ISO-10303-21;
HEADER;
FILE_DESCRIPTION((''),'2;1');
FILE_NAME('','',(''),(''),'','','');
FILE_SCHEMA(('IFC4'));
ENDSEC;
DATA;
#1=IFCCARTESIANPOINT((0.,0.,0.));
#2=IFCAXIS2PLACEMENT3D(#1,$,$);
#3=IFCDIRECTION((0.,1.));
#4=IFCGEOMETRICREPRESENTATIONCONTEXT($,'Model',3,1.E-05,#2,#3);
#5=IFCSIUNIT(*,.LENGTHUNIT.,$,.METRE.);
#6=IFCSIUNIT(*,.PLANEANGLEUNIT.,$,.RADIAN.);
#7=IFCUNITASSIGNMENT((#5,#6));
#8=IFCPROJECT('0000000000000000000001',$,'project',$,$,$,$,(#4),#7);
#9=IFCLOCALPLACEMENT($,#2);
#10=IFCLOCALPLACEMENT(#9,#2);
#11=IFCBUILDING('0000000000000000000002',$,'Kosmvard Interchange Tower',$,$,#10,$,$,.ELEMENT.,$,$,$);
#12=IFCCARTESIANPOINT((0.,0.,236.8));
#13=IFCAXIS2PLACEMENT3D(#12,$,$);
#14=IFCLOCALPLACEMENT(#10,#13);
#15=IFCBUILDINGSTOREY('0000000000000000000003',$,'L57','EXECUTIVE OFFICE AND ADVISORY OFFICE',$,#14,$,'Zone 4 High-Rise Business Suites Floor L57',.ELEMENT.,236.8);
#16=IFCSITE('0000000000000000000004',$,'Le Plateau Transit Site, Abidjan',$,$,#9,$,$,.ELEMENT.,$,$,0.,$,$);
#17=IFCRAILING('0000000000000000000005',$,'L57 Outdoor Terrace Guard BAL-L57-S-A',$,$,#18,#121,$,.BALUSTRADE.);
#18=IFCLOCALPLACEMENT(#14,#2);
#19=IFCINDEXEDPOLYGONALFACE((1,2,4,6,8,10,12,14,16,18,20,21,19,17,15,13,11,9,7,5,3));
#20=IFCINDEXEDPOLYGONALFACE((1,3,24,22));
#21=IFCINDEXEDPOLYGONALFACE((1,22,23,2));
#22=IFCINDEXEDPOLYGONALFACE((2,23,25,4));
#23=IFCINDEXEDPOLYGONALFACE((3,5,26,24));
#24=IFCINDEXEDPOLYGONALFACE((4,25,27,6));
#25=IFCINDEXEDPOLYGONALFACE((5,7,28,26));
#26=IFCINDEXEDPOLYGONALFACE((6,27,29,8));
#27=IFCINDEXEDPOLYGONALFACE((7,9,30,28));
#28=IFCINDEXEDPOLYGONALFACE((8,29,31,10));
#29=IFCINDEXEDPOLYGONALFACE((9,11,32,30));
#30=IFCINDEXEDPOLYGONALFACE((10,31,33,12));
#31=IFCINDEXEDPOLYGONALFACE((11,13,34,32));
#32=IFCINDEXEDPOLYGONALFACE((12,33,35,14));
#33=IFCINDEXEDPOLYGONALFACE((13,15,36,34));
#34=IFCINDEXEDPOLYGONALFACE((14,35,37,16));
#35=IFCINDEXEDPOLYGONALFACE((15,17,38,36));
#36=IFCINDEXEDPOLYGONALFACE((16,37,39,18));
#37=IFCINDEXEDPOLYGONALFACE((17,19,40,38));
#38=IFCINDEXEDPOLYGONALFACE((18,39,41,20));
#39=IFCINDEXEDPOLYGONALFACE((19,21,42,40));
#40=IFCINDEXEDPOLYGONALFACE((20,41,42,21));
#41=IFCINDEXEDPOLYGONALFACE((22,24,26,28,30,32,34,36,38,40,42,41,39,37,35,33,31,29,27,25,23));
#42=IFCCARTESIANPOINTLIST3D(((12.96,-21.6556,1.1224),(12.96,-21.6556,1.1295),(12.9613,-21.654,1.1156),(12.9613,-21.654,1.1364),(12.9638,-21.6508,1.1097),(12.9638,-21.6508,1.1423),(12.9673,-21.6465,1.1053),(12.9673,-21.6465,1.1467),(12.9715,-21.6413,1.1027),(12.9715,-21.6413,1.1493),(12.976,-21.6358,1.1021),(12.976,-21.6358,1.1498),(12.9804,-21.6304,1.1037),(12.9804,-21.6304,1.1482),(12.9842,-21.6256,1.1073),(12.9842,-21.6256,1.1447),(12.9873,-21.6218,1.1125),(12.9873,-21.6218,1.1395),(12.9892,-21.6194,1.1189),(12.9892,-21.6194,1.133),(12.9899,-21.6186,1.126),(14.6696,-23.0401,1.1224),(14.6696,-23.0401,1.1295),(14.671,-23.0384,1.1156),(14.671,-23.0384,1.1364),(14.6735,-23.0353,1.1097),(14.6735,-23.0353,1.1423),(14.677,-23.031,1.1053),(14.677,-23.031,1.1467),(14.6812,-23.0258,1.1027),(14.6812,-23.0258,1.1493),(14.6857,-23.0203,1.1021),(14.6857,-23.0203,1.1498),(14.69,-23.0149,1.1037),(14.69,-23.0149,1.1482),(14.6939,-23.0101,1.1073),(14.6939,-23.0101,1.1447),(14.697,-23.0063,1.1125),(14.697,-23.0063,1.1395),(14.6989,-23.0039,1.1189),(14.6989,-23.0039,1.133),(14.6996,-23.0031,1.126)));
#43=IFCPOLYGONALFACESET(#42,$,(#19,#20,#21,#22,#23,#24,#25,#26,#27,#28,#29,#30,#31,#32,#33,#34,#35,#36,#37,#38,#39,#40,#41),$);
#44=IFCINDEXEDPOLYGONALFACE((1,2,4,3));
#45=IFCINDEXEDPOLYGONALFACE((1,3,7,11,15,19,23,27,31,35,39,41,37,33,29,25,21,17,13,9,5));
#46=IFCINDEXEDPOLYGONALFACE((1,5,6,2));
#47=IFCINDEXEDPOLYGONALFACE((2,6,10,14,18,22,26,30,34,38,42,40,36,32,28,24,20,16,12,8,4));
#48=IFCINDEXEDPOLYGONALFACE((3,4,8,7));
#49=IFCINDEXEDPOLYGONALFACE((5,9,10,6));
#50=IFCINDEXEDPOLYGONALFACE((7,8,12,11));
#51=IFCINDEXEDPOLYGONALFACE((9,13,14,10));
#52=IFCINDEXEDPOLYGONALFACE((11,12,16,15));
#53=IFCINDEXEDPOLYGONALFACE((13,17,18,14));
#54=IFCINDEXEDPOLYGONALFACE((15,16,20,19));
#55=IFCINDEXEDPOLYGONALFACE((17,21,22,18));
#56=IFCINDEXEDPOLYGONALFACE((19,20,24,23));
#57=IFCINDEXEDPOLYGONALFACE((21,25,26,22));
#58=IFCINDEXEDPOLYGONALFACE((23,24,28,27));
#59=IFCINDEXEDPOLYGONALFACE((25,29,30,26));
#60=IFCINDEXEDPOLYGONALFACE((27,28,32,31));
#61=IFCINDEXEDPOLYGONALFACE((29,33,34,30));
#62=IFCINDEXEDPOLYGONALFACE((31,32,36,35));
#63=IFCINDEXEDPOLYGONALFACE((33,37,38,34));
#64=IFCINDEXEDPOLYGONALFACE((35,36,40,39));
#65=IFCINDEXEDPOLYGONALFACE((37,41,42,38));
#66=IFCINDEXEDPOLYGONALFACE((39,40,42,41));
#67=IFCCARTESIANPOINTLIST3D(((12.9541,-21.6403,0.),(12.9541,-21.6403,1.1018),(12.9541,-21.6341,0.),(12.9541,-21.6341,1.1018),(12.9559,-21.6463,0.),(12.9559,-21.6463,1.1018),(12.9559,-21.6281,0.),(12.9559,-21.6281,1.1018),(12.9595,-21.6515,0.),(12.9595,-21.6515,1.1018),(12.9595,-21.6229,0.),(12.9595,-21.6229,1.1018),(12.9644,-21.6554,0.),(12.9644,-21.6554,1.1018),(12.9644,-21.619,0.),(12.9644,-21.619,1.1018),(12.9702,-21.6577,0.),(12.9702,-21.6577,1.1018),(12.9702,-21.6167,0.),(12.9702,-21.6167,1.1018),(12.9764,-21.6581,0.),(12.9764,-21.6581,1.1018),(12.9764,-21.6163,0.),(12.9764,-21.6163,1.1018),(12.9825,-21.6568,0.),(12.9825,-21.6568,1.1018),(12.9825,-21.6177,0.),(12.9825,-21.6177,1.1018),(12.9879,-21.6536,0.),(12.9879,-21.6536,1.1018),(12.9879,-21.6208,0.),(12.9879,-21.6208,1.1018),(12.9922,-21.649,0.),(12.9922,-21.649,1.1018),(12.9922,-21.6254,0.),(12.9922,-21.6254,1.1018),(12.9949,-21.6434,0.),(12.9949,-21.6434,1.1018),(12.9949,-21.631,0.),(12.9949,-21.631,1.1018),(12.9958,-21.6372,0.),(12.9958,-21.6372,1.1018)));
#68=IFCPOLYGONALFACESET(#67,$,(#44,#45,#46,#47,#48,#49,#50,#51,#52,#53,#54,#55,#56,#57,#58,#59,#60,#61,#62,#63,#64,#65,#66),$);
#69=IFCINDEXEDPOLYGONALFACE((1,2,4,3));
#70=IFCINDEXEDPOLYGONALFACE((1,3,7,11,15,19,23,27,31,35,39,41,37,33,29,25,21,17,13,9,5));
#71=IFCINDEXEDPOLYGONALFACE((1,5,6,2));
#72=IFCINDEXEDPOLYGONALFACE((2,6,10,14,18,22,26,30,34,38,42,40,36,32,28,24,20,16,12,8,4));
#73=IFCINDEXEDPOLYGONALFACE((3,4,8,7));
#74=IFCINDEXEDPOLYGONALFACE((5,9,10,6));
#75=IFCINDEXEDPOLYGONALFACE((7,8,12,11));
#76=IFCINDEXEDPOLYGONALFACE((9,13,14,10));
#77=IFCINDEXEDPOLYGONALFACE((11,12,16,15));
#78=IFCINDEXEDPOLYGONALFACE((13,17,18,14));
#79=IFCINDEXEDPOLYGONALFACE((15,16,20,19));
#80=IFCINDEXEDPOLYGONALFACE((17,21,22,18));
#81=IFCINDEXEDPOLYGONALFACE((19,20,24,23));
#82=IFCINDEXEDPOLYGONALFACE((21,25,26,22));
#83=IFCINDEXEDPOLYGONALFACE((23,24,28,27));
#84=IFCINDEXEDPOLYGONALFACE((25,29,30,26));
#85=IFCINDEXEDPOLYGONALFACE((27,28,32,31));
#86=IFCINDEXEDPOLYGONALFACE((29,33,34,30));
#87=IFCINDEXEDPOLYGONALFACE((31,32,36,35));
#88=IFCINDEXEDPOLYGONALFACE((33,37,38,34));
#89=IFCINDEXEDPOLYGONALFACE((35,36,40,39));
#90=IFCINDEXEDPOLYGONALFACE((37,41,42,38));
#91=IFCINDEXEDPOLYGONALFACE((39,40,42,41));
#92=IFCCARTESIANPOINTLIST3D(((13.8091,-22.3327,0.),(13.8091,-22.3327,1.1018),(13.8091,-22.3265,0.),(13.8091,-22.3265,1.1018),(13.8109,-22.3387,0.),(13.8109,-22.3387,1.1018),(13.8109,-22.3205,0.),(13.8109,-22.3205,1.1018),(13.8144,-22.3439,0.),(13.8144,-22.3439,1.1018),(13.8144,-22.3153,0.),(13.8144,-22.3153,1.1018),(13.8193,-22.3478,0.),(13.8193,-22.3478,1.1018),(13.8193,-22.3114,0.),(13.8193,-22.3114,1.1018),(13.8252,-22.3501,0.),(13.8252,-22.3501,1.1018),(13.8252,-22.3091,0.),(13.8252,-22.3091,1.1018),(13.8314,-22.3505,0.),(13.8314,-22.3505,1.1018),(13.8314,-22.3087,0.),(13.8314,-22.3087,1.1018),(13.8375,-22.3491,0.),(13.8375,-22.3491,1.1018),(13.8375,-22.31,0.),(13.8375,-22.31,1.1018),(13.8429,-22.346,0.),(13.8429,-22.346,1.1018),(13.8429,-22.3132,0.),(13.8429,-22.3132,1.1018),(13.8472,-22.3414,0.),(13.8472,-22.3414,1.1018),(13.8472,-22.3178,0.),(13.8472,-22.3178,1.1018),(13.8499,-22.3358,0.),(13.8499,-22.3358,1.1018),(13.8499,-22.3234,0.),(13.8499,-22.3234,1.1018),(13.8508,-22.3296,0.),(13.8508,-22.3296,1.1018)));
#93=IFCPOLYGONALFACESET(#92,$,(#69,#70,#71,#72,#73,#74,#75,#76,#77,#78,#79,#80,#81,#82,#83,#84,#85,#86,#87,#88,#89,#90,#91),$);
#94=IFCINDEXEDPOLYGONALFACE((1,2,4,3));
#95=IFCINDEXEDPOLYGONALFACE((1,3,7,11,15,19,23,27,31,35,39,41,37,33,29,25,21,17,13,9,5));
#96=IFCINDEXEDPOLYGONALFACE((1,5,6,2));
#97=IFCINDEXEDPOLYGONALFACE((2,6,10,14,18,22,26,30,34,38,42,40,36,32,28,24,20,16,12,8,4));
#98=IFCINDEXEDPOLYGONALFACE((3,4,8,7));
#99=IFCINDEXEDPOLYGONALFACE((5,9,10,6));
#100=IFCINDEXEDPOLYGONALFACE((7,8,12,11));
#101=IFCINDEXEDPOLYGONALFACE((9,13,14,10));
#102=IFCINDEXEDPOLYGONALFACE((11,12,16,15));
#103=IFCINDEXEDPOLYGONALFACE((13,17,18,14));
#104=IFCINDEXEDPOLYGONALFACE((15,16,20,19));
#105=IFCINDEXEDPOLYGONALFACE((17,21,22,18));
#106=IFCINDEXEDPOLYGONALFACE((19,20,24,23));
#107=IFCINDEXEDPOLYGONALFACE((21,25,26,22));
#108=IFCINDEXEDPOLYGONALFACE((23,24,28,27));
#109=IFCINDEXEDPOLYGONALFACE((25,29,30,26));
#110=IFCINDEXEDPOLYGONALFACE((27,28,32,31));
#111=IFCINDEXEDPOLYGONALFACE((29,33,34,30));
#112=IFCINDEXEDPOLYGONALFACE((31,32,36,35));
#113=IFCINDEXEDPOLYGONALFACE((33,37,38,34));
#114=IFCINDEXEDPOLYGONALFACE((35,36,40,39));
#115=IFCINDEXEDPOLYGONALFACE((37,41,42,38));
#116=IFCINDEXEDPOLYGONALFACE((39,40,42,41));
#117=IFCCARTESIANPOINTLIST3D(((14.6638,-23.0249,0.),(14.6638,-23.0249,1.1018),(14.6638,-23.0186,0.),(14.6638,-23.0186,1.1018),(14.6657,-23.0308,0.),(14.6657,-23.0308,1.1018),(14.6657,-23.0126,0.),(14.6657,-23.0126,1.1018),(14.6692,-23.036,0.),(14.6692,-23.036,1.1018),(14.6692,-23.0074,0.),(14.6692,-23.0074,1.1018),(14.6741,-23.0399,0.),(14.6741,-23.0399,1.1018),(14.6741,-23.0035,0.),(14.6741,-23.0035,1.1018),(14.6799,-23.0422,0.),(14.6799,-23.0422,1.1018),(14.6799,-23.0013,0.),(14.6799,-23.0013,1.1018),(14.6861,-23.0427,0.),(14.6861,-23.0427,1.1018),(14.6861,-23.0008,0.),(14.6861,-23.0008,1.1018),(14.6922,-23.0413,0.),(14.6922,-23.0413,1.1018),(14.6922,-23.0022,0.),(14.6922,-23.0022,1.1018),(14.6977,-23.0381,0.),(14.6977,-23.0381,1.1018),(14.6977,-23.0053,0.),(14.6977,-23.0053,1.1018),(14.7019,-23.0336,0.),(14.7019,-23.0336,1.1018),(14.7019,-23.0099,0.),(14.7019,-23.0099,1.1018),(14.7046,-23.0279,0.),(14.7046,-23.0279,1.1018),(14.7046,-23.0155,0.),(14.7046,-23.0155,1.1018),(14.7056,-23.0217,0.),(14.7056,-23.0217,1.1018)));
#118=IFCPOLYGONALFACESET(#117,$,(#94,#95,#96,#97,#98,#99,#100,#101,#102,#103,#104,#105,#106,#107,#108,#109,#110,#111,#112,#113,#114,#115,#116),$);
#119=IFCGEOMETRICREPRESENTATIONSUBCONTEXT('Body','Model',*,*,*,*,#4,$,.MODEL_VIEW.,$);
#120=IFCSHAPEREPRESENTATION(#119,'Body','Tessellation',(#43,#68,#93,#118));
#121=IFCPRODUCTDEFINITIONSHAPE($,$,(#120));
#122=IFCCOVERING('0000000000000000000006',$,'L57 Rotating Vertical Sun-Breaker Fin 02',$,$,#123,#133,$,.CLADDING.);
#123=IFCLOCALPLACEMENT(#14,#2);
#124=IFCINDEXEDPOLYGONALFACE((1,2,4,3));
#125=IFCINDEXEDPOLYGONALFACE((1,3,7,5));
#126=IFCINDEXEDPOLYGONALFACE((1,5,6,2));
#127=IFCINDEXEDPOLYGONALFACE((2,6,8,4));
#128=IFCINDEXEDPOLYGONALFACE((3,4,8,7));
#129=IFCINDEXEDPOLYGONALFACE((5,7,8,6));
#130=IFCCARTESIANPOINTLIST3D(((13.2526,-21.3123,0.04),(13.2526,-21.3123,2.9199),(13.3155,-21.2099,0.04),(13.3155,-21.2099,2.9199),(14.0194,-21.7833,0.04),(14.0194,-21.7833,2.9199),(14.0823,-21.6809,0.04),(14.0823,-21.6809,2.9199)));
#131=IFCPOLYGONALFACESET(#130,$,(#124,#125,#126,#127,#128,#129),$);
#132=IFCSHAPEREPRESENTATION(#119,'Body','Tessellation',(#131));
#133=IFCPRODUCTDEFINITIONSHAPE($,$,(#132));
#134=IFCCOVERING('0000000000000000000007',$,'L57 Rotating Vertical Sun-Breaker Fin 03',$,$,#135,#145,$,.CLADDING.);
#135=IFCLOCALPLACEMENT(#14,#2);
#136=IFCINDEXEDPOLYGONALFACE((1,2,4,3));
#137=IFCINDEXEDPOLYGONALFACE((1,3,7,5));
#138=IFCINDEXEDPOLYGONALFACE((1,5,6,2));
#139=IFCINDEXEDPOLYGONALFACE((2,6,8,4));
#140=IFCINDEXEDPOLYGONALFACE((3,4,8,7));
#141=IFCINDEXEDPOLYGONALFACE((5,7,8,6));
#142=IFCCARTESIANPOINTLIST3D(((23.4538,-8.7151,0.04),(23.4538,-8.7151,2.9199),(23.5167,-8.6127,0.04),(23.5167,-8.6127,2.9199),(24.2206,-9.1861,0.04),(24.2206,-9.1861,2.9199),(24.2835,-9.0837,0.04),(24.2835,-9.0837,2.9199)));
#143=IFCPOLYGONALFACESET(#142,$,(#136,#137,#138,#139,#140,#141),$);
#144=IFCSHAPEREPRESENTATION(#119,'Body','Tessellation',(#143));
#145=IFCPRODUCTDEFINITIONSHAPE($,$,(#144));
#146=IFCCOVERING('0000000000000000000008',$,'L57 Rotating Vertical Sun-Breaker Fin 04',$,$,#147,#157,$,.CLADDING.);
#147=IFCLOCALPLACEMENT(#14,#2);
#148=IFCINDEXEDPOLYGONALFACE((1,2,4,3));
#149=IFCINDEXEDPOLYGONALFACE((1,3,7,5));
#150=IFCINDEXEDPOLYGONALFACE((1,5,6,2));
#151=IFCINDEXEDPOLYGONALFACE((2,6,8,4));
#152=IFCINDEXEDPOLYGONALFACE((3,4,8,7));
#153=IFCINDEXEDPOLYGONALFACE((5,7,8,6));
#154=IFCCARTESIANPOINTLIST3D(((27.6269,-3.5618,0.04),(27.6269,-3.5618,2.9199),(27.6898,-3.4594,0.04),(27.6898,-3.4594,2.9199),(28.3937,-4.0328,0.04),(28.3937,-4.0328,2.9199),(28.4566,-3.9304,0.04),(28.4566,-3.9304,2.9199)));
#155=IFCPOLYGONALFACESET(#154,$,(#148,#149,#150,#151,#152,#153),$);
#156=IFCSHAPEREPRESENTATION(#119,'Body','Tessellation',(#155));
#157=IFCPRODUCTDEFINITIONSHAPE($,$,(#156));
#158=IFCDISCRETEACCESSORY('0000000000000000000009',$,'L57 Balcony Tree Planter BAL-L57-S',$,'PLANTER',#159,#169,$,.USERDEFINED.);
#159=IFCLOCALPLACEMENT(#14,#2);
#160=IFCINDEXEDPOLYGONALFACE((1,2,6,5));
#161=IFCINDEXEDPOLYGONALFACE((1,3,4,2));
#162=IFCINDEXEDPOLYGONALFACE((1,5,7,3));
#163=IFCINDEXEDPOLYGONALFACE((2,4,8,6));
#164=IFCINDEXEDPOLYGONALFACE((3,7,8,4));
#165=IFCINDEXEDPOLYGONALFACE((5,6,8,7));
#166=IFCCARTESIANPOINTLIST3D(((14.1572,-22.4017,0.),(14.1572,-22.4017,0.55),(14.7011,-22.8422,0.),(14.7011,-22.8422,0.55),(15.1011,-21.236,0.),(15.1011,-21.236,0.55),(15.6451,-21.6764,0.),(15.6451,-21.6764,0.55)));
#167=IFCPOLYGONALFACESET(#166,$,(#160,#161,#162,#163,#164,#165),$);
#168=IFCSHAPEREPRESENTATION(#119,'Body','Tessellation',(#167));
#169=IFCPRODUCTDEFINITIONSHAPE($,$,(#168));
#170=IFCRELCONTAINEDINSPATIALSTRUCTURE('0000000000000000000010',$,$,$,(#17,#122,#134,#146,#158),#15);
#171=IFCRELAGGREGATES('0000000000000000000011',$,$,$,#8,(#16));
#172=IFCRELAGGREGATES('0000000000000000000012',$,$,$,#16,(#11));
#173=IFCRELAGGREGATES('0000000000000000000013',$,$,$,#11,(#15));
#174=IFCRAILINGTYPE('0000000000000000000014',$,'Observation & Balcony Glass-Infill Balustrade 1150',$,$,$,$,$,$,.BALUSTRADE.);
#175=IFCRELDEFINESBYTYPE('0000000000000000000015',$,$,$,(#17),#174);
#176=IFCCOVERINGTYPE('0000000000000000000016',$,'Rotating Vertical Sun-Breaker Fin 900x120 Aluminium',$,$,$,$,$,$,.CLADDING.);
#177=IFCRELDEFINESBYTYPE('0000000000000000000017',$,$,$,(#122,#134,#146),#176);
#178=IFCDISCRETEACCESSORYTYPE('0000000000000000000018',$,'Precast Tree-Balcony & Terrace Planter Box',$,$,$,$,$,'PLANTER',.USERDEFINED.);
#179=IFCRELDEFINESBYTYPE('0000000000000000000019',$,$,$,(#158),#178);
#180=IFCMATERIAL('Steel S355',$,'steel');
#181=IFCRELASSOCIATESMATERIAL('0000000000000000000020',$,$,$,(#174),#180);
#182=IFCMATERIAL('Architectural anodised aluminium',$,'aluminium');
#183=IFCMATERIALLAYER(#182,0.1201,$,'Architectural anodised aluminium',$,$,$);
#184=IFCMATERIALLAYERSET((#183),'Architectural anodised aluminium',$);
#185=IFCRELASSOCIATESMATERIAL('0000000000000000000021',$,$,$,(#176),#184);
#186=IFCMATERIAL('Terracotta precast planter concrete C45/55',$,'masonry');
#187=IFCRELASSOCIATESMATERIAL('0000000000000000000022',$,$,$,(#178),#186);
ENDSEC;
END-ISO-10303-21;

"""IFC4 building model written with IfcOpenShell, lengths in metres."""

from ifc_helpers import new_model, si_unit, direction, frame, origin, origin_2d, place, context, subcontext, project, spatial, rectangle, circle, extrude, source, transform, mapped, material, layer, layer_set, type_object, element, save


model = new_model("IFC4")

# Units and contexts
model_context = context("Model", 3, precision=1e-05, world=origin(), true_north=direction((0.0, 1.0)))
body_context = subcontext(model_context, "Body", "Model", "MODEL_VIEW")
ifc_project = project(units=[si_unit("LENGTHUNIT", "METRE"), si_unit("PLANEANGLEUNIT", "RADIAN")], contexts=[model_context])

# Site, building, storey
site_placement = place(None, origin())
site = spatial("IfcSite", under=ifc_project, at=site_placement, Name="Le Plateau Transit Site, Abidjan", CompositionType="ELEMENT", RefElevation=0.0)
building_placement = place(site_placement, origin())
building = spatial("IfcBuilding", under=site, at=building_placement, Name="Kosmvard Interchange Tower", CompositionType="ELEMENT")
storey_placement = place(building_placement, frame((0.0, 0.0, 236.8)))
storey = spatial("IfcBuildingStorey", under=building, at=storey_placement, Name="L57", Description="EXECUTIVE OFFICE AND ADVISORY OFFICE", LongName="Zone 4 High-Rise Business Suites Floor L57", CompositionType="ELEMENT", Elevation=236.8)

# Shared definitions
ifc_material_1 = material(Name="Steel S355", Category="steel")

# Railing
railing_type = type_object("IfcRailingType", Name="Observation & Balcony Glass-Infill Balustrade 1150", PredefinedType="BALUSTRADE", material=ifc_material_1)
shared_shape_1 = source(origin(), body_context, "Body", "SweptSolid", [
    extrude(circle(Radius=0.0239, at=origin_2d()), frame((0.0, 0.0, 1.126), z_axis=(0.777141, -0.629326, 0.0), x_axis=(0.629326, 0.777141, 0.0)), (0.0, 0.0, 1.0), 2.2),
    extrude(circle(Radius=0.021, at=origin_2d()), origin(), (0.0, 0.0, 1.0), 1.1018),
    extrude(circle(Radius=0.021, at=origin_2d()), frame((0.855, -0.6924, 0.0)), (0.0, 0.0, 1.0), 1.1018),
    extrude(circle(Radius=0.021, at=origin_2d()), frame((1.7097, -1.3845, 0.0)), (0.0, 0.0, 1.0), 1.1018),
])
railing_1_placement = place(storey_placement, frame((12.9749, -21.6372, 0.0)))
element("IfcRailing", 1, at=railing_1_placement, inside=storey, type_object=railing_type, Name="L57 Outdoor Terrace Guard BAL-L57-S-A", PredefinedType="BALUSTRADE", context=body_context, shape_type="MappedRepresentation", body=[
    mapped(shared_shape_1, transform((0.0, 0.0, 0.0), scale=1.0)),
])

# Coverings
ifc_material_2 = material(Name="Architectural anodised aluminium", Category="aluminium")
ifc_layer_1 = layer(ifc_material_2, 0.1201, Name="Architectural anodised aluminium")
ifc_layer_set_1 = layer_set([ifc_layer_1], Name="Architectural anodised aluminium")
covering_type = type_object("IfcCoveringType", Name="Rotating Vertical Sun-Breaker Fin 900x120 Aluminium", PredefinedType="CLADDING", material=ifc_layer_set_1)
shared_shape_2 = source(origin(), body_context, "Body", "SweptSolid", [
    extrude(rectangle(XDim=0.8999, YDim=0.1201, at=origin_2d()), origin(), (0.0, 0.0, 1.0), 2.8799),
])
for number, where, z_axis, x_axis, name in (
    (2, (13.6675, -21.4966, 0.04), (0.0, 0.0, 1.0), (0.852093, -0.523391, 0.0), "L57 Rotating Vertical Sun-Breaker Fin 02"),
    (3, (23.8687, -8.8994, 0.04), (0.0, 0.0, 1.0), (0.852093, -0.523391, 0.0), "L57 Rotating Vertical Sun-Breaker Fin 03"),
    (4, (28.0417, -3.7461, 0.04), (0.0, 0.0, 1.0), (0.852093, -0.523391, 0.0), "L57 Rotating Vertical Sun-Breaker Fin 04"),
):
    element("IfcCovering", number, at=place(storey_placement, frame(where, z_axis=z_axis, x_axis=x_axis)), inside=storey, type_object=covering_type, Name=name, PredefinedType="CLADDING", context=body_context, shape_type="MappedRepresentation", body=[
        mapped(shared_shape_2, transform((0.0, 0.0, 0.0), scale=1.0)),
    ])

# Discrete accessory
ifc_material_3 = material(Name="Terracotta precast planter concrete C45/55", Category="masonry")
discrete_accessory_type = type_object("IfcDiscreteAccessoryType", Name="Precast Tree-Balcony & Terrace Planter Box", ElementType="PLANTER", PredefinedType="USERDEFINED", material=ifc_material_3)
shared_shape_3 = source(origin(), body_context, "Body", "SweptSolid", [
    extrude(rectangle(XDim=1.5, YDim=0.7, at=origin_2d()), origin(), (0.0, 0.0, 1.0), 0.55),
])
discrete_accessory_placement = place(storey_placement, frame((14.9011, -22.0391, 0.0), z_axis=(0.0, 0.0, 1.0), x_axis=(0.62932, 0.777146, 0.0)))
element("IfcDiscreteAccessory", 5, at=discrete_accessory_placement, inside=storey, type_object=discrete_accessory_type, Name="L57 Balcony Tree Planter BAL-L57-S", ObjectType="PLANTER", PredefinedType="USERDEFINED", context=body_context, shape_type="MappedRepresentation", body=[
    mapped(shared_shape_3, transform((0.0, 0.0, 0.0), scale=1.0)),
])

save(model, "model.ifc")
